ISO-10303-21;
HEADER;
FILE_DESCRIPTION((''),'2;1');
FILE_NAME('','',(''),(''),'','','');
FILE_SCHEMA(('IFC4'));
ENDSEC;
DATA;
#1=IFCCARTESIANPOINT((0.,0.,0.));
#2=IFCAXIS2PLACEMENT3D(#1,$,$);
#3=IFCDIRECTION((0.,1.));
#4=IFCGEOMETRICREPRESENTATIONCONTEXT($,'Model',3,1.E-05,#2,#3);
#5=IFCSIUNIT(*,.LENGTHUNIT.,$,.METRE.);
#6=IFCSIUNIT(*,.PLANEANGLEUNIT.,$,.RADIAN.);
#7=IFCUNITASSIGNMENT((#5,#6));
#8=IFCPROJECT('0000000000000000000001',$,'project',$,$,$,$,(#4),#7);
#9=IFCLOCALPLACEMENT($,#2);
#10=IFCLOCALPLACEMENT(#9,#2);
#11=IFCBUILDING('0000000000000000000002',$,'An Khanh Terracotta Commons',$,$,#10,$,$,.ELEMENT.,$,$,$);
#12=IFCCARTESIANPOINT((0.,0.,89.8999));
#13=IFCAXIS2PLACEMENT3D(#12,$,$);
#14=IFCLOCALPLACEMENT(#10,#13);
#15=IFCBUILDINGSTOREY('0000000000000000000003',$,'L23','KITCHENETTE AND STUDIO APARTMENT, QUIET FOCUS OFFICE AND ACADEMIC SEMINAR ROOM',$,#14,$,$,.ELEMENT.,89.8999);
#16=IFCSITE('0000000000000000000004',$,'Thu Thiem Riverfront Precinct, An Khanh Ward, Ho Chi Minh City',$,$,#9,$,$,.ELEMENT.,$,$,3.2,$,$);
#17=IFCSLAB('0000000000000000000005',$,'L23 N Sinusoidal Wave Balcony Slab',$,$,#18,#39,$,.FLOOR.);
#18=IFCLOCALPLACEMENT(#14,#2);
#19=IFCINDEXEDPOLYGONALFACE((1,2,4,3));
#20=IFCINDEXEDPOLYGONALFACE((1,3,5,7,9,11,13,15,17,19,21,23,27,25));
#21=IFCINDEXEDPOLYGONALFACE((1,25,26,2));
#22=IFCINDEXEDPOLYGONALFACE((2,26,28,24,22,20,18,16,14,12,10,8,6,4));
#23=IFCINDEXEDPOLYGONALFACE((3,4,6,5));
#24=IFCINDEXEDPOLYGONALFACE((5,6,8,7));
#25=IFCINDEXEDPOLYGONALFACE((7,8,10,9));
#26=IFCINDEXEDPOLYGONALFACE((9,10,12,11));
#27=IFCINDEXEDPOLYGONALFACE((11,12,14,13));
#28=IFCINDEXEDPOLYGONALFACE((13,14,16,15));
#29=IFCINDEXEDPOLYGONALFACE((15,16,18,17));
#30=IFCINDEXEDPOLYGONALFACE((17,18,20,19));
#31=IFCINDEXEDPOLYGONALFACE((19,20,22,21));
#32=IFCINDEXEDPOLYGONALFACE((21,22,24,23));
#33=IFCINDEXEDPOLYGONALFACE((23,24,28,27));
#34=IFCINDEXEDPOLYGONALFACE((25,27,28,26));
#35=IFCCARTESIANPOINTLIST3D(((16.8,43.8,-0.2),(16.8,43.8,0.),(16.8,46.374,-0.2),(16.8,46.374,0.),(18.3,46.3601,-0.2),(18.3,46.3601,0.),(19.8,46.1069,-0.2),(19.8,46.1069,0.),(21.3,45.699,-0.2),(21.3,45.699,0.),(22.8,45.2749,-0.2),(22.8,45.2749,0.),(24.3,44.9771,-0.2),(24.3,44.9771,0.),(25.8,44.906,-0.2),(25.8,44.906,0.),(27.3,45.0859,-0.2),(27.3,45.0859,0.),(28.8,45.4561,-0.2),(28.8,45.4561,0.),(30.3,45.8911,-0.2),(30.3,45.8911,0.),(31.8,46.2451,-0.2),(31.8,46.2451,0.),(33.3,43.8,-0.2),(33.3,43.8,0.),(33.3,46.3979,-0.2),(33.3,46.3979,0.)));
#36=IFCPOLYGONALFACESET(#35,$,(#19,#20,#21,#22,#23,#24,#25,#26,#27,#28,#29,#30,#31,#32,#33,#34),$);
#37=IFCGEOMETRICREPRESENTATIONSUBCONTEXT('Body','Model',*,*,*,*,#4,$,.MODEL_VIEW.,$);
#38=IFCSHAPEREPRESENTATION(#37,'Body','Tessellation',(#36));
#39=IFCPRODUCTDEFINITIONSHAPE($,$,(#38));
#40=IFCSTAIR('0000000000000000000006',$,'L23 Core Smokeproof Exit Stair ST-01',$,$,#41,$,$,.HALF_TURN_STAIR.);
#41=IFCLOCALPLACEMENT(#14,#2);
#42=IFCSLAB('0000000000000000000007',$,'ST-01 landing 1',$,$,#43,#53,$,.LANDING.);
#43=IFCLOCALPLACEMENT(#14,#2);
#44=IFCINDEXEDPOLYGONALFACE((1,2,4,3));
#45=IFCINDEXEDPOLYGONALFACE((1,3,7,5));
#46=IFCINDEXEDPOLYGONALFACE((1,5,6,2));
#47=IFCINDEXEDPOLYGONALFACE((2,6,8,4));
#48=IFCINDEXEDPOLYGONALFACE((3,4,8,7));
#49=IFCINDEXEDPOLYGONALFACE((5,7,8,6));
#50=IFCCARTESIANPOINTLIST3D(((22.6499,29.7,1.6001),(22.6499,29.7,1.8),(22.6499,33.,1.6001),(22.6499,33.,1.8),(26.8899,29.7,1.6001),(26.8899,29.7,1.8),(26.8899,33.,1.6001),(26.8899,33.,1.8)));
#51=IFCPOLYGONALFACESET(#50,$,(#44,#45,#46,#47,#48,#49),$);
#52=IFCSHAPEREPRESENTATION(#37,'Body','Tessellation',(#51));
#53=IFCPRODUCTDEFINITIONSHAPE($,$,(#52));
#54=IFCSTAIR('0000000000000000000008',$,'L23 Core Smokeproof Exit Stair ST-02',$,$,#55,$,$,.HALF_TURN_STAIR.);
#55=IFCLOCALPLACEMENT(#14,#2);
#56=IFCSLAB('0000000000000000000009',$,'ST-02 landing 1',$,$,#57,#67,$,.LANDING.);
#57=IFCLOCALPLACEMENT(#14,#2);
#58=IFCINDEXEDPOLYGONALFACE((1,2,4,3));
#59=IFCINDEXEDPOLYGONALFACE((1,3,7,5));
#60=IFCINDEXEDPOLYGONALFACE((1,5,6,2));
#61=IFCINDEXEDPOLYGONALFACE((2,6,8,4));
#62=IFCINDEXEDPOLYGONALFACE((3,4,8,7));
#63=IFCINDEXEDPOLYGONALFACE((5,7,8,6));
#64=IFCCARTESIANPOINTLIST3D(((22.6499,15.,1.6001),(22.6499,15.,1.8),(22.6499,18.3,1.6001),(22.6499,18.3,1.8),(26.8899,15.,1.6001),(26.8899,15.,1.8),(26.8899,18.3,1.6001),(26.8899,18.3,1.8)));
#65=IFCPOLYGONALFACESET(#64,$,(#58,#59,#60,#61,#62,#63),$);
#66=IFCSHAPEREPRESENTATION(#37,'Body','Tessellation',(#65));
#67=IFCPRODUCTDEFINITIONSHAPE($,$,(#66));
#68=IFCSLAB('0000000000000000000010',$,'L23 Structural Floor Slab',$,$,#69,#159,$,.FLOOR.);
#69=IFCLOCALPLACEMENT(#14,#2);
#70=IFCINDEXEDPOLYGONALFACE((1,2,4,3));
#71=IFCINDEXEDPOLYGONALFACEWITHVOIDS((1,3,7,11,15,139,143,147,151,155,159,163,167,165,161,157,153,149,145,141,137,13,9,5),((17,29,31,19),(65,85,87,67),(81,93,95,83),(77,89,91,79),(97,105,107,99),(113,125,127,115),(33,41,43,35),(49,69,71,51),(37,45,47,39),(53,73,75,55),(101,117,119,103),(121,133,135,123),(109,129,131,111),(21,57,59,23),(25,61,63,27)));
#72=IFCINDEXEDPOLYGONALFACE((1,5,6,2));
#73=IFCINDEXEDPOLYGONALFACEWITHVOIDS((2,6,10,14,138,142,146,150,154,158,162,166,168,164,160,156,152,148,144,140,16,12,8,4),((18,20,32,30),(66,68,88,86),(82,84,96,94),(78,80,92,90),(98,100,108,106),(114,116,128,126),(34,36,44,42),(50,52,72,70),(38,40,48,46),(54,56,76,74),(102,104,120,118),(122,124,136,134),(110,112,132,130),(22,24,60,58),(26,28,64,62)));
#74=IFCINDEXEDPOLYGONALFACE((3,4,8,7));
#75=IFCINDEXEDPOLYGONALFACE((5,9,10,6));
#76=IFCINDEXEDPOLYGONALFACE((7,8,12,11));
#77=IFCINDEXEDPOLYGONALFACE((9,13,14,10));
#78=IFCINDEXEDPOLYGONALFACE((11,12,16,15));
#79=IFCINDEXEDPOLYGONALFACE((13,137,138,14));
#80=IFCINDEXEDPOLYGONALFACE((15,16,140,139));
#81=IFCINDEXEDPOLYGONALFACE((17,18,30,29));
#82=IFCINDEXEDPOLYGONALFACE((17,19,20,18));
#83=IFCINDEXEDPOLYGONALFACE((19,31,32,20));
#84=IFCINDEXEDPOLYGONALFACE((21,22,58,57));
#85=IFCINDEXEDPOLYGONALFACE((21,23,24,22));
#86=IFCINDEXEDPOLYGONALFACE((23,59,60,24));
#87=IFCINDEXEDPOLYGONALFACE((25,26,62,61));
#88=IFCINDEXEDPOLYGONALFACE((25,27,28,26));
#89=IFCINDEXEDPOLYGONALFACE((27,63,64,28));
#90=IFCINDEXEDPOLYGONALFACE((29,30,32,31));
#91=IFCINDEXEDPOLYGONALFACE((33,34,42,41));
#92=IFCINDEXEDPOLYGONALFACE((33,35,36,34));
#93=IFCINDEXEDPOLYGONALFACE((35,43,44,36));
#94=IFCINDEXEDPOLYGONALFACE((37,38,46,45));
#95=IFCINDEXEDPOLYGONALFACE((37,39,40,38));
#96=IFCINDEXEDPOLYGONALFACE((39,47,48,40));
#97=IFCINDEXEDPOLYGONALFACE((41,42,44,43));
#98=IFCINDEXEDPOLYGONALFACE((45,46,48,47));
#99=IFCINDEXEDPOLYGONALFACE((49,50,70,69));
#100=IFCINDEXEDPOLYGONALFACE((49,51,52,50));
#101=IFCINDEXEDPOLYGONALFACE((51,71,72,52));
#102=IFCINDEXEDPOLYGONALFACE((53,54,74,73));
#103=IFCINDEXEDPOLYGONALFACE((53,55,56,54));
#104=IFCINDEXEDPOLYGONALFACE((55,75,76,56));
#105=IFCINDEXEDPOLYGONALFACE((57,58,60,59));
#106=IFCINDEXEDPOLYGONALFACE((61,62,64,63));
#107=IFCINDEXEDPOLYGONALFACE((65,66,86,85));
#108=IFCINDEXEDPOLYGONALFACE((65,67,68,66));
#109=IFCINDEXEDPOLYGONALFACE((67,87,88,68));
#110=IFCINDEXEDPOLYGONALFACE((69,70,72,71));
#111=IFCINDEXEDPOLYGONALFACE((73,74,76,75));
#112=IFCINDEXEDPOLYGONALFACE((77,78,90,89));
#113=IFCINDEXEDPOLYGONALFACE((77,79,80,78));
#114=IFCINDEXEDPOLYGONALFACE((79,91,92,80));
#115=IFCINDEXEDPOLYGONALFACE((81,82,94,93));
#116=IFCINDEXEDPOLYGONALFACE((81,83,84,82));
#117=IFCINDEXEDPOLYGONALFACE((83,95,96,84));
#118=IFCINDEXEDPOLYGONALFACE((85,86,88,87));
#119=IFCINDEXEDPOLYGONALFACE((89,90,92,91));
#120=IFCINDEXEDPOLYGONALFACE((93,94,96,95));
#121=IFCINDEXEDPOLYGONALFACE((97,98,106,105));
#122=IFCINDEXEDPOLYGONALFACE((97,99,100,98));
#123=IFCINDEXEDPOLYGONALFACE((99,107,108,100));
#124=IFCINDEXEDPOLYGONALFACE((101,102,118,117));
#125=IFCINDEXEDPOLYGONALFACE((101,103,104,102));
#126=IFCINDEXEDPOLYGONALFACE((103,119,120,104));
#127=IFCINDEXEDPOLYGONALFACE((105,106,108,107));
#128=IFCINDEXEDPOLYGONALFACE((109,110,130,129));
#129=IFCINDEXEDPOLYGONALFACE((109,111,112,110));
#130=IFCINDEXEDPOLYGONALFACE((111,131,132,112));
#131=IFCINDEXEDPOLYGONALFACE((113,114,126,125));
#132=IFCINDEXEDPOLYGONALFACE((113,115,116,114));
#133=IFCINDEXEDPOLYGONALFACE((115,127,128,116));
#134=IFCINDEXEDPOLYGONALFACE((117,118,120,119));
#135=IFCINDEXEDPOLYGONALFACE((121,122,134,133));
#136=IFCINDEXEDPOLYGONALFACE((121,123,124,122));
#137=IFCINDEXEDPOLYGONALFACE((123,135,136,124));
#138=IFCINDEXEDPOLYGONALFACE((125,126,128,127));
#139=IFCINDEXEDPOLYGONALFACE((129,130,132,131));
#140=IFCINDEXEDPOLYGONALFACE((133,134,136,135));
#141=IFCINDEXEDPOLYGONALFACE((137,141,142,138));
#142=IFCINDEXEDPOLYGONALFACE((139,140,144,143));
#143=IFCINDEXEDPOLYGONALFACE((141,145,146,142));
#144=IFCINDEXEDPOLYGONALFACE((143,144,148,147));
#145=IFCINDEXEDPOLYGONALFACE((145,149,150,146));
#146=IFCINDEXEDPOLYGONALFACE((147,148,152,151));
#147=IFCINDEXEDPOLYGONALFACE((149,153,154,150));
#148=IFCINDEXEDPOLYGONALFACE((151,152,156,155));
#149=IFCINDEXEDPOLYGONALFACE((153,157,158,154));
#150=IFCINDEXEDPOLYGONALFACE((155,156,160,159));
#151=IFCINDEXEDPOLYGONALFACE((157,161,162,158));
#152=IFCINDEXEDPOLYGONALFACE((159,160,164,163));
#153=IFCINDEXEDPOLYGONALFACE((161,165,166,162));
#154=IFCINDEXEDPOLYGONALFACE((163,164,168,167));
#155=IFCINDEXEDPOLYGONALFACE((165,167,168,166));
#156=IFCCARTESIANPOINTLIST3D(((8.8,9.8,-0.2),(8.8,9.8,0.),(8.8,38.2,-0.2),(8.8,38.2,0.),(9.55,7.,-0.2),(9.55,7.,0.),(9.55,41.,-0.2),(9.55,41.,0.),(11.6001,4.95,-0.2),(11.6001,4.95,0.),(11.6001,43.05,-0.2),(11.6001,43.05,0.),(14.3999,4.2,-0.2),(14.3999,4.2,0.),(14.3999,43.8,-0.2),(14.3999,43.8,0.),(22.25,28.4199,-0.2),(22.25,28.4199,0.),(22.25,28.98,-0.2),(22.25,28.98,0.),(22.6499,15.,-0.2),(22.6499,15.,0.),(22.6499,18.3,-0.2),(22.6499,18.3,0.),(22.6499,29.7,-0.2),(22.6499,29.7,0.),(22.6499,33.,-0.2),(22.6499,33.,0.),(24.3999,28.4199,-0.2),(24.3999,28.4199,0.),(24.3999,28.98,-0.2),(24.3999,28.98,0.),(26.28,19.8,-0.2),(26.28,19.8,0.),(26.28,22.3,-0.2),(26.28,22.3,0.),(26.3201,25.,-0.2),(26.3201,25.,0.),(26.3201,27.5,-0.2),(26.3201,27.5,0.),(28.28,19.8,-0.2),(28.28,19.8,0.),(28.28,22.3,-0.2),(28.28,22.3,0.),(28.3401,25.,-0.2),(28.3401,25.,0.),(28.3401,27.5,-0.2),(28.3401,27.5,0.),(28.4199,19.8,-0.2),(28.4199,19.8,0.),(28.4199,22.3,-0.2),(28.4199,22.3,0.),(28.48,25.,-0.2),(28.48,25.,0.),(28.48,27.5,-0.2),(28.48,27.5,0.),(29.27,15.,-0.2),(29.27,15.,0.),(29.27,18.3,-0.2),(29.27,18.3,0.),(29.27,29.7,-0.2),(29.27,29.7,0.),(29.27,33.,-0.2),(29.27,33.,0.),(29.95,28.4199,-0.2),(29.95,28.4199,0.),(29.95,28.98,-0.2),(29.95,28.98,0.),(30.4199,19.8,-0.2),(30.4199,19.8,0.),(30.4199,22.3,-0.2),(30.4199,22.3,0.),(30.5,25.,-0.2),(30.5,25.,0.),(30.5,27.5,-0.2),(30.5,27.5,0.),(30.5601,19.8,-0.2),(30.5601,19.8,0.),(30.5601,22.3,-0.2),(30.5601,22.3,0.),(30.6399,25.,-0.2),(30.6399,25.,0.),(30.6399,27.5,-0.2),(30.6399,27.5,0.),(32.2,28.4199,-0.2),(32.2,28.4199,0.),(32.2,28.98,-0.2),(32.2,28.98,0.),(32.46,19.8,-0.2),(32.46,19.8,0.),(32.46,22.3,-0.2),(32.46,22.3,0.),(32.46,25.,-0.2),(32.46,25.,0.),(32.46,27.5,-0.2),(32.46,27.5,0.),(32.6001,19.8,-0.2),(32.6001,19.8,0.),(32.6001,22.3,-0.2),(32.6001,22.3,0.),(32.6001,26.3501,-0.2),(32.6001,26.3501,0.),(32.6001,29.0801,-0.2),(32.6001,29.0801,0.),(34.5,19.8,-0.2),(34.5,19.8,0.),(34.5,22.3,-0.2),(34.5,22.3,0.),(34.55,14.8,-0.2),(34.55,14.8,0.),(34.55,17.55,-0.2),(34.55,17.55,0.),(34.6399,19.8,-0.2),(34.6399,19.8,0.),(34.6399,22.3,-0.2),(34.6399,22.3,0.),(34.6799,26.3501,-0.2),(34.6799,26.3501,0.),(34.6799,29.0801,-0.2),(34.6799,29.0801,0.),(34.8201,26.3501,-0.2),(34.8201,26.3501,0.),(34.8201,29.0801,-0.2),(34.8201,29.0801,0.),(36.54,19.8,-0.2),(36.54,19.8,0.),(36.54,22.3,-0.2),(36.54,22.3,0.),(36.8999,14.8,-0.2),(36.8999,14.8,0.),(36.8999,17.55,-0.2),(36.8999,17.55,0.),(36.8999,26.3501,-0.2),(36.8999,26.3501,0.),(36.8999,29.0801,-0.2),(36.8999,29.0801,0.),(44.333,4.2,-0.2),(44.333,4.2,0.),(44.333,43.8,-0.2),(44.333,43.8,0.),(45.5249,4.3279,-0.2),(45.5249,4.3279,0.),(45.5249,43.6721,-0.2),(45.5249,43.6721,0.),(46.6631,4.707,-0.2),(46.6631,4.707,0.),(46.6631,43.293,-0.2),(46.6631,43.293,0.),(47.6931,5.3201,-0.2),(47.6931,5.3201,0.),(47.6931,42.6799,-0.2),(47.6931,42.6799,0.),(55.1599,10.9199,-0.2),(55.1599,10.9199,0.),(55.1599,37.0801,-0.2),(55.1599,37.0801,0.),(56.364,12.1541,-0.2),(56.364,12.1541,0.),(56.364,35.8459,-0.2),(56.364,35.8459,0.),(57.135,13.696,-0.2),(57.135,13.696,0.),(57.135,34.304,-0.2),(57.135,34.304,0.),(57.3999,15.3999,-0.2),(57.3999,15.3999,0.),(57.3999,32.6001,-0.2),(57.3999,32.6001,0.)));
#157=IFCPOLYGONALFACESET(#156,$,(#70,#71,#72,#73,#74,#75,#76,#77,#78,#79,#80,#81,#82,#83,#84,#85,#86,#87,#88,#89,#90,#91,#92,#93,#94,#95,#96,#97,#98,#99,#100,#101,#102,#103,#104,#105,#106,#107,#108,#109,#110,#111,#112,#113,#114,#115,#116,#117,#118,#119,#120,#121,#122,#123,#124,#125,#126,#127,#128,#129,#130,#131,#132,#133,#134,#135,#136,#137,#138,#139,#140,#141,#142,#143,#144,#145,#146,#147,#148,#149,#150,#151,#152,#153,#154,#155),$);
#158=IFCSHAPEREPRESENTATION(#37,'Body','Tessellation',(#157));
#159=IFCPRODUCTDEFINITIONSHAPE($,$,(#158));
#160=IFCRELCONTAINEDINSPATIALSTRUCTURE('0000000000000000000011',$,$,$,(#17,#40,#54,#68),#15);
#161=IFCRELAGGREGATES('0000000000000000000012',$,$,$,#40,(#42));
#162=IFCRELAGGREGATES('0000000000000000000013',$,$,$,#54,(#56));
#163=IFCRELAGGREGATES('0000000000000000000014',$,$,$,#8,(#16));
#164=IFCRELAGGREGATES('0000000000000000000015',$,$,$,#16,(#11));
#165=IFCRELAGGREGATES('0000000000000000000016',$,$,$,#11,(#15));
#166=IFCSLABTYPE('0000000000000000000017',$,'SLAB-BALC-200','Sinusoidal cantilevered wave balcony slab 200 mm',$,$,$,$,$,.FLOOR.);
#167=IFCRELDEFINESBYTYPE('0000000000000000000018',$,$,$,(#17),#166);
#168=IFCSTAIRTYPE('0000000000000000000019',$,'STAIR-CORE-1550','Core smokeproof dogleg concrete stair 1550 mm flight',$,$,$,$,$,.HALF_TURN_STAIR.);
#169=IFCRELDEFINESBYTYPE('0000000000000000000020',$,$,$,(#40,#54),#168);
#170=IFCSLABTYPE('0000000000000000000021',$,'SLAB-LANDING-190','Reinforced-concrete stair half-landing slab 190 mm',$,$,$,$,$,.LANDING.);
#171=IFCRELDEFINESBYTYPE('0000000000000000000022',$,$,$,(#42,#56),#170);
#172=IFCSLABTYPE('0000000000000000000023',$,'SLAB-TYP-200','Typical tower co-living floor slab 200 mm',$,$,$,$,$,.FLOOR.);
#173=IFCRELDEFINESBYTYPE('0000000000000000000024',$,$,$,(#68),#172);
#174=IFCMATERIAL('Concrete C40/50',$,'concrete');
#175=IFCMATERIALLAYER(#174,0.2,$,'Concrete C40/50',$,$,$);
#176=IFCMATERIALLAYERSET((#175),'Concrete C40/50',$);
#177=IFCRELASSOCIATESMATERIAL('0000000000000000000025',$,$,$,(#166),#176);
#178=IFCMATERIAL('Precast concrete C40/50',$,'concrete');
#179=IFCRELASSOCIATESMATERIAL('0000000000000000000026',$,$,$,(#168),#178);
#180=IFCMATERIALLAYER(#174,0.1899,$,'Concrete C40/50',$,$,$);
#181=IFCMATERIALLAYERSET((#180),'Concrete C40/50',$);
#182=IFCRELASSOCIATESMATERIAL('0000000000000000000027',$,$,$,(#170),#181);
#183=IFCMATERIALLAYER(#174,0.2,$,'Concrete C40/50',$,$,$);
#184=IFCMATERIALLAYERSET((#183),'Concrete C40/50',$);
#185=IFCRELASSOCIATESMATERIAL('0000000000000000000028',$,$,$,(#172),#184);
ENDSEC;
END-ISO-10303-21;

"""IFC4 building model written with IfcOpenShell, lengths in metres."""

from ifc_helpers import new_model, si_unit, direction, frame, origin, place, context, subcontext, project, spatial, polyline, outline, extrude, material, layer, layer_set, type_object, element, aggregate, save


model = new_model("IFC4")

# Units and contexts
model_context = context("Model", 3, precision=1e-05, world=origin(), true_north=direction((0.0, 1.0)))
body_context = subcontext(model_context, "Body", "Model", "MODEL_VIEW")
ifc_project = project(units=[si_unit("LENGTHUNIT", "METRE"), si_unit("PLANEANGLEUNIT", "RADIAN")], contexts=[model_context])

# Site, building, storey
site_placement = place(None, origin())
site = spatial("IfcSite", under=ifc_project, at=site_placement, Name="Thu Thiem Riverfront Precinct, An Khanh Ward, Ho Chi Minh City", CompositionType="ELEMENT", RefElevation=3.2)
building_placement = place(site_placement, origin())
building = spatial("IfcBuilding", under=site, at=building_placement, Name="An Khanh Terracotta Commons", CompositionType="ELEMENT")
storey_placement = place(building_placement, frame((0.0, 0.0, 89.8999)))
storey = spatial("IfcBuildingStorey", under=building, at=storey_placement, Name="L23", Description="KITCHENETTE AND STUDIO APARTMENT, QUIET FOCUS OFFICE AND ACADEMIC SEMINAR ROOM", CompositionType="ELEMENT", Elevation=89.8999)

# Slab
ifc_material_1 = material(Name="Concrete C40/50", Category="concrete")
ifc_layer_1 = layer(ifc_material_1, 0.2, Name="Concrete C40/50")
ifc_layer_set_1 = layer_set([ifc_layer_1], Name="Concrete C40/50")
slab_type_1 = type_object("IfcSlabType", Name="SLAB-BALC-200", Description="Sinusoidal cantilevered wave balcony slab 200 mm", PredefinedType="FLOOR", material=ifc_layer_set_1)
slab_1_placement = place(storey_placement, frame((0.0, 0.0, -0.2)))
element("IfcSlab", 1, at=slab_1_placement, inside=storey, type_object=slab_type_1, Name="L23 N Sinusoidal Wave Balcony Slab", PredefinedType="FLOOR", context=body_context, shape_type="SweptSolid", body=[
    extrude(outline(polyline([(33.3, 43.8), (33.3, 46.3979), (31.8, 46.2451), (30.3, 45.8911), (28.8, 45.4561), (27.3, 45.0859), (25.8, 44.906), (24.3, 44.9771), (22.8, 45.2749), (21.3, 45.699), (19.8, 46.1069), (18.3, 46.3601), (16.8, 46.374), (16.8, 43.8), (33.3, 43.8)])), origin(), (0.0, 0.0, 1.0), 0.2),
])

# Stairs, slabs
ifc_material_2 = material(Name="Precast concrete C40/50", Category="concrete")
stair_type = type_object("IfcStairType", Name="STAIR-CORE-1550", Description="Core smokeproof dogleg concrete stair 1550 mm flight", PredefinedType="HALF_TURN_STAIR", material=ifc_material_2)
stair_1_placement = place(storey_placement, origin())
stair_1 = element("IfcStair", 2, at=stair_1_placement, inside=storey, type_object=stair_type, Name="L23 Core Smokeproof Exit Stair ST-01", PredefinedType="HALF_TURN_STAIR")
ifc_layer_2 = layer(ifc_material_1, 0.1899, Name="Concrete C40/50")
ifc_layer_set_2 = layer_set([ifc_layer_2], Name="Concrete C40/50")
slab_type_2 = type_object("IfcSlabType", Name="SLAB-LANDING-190", Description="Reinforced-concrete stair half-landing slab 190 mm", PredefinedType="LANDING", material=ifc_layer_set_2)
slab_2_placement = place(storey_placement, frame((0.0, 0.0, 1.6001)))
slab_2 = element("IfcSlab", 3, at=slab_2_placement, type_object=slab_type_2, Name="ST-01 landing 1", PredefinedType="LANDING", context=body_context, shape_type="SweptSolid", body=[
    extrude(outline(polyline([(26.8899, 33.0), (22.6499, 33.0), (22.6499, 29.7), (26.8899, 29.7), (26.8899, 33.0)])), origin(), (0.0, 0.0, 1.0), 0.2),
])
aggregate(stair_1, [slab_2])
stair_2_placement = place(storey_placement, origin())
stair_2 = element("IfcStair", 4, at=stair_2_placement, inside=storey, type_object=stair_type, Name="L23 Core Smokeproof Exit Stair ST-02", PredefinedType="HALF_TURN_STAIR")
slab_3_placement = place(storey_placement, frame((0.0, 0.0, 1.6001)))
slab_3 = element("IfcSlab", 5, at=slab_3_placement, type_object=slab_type_2, Name="ST-02 landing 1", PredefinedType="LANDING", context=body_context, shape_type="SweptSolid", body=[
    extrude(outline(polyline([(26.8899, 18.3), (22.6499, 18.3), (22.6499, 15.0), (26.8899, 15.0), (26.8899, 18.3)])), origin(), (0.0, 0.0, 1.0), 0.2),
])
aggregate(stair_2, [slab_3])

# Slab
ifc_layer_3 = layer(ifc_material_1, 0.2, Name="Concrete C40/50")
ifc_layer_set_3 = layer_set([ifc_layer_3], Name="Concrete C40/50")
slab_type_3 = type_object("IfcSlabType", Name="SLAB-TYP-200", Description="Typical tower co-living floor slab 200 mm", PredefinedType="FLOOR", material=ifc_layer_set_3)
slab_4_placement = place(storey_placement, frame((0.0, 0.0, -0.2)))
element("IfcSlab", 6, at=slab_4_placement, inside=storey, type_object=slab_type_3, Name="L23 Structural Floor Slab", PredefinedType="FLOOR", context=body_context, shape_type="SweptSolid", body=[
    extrude(outline(polyline([(8.8, 9.8), (9.55, 7.0), (11.6001, 4.95), (14.3999, 4.2), (44.333, 4.2), (45.5249, 4.3279), (46.6631, 4.707), (47.6931, 5.3201), (55.1599, 10.9199), (56.364, 12.1541), (57.135, 13.696), (57.3999, 15.3999), (57.3999, 32.6001), (57.135, 34.304), (56.364, 35.8459), (55.1599, 37.0801), (47.6931, 42.6799), (46.6631, 43.293), (45.5249, 43.6721), (44.333, 43.8), (14.3999, 43.8), (11.6001, 43.05), (9.55, 41.0), (8.8, 38.2), (8.8, 9.8)]), holes=[polyline([(22.6499, 29.7), (29.27, 29.7), (29.27, 33.0), (22.6499, 33.0), (22.6499, 29.7)]), polyline([(22.6499, 15.0), (29.27, 15.0), (29.27, 18.3), (22.6499, 18.3), (22.6499, 15.0)]), polyline([(32.6001, 26.3501), (34.6799, 26.3501), (34.6799, 29.0801), (32.6001, 29.0801), (32.6001, 26.3501)]), polyline([(34.8201, 26.3501), (36.8999, 26.3501), (36.8999, 29.0801), (34.8201, 29.0801), (34.8201, 26.3501)]), polyline([(34.55, 14.8), (36.8999, 14.8), (36.8999, 17.55), (34.55, 17.55), (34.55, 14.8)]), polyline([(26.3201, 25.0), (28.3401, 25.0), (28.3401, 27.5), (26.3201, 27.5), (26.3201, 25.0)]), polyline([(28.48, 25.0), (30.5, 25.0), (30.5, 27.5), (28.48, 27.5), (28.48, 25.0)]), polyline([(26.28, 19.8), (28.28, 19.8), (28.28, 22.3), (26.28, 22.3), (26.28, 19.8)]), polyline([(28.4199, 19.8), (30.4199, 19.8), (30.4199, 22.3), (28.4199, 22.3), (28.4199, 19.8)]), polyline([(30.6399, 25.0), (32.46, 25.0), (32.46, 27.5), (30.6399, 27.5), (30.6399, 25.0)]), polyline([(30.5601, 19.8), (32.46, 19.8), (32.46, 22.3), (30.5601, 22.3), (30.5601, 19.8)]), polyline([(32.6001, 19.8), (34.5, 19.8), (34.5, 22.3), (32.6001, 22.3), (32.6001, 19.8)]), polyline([(34.6399, 19.8), (36.54, 19.8), (36.54, 22.3), (34.6399, 22.3), (34.6399, 19.8)]), polyline([(22.25, 28.4199), (24.3999, 28.4199), (24.3999, 28.98), (22.25, 28.98), (22.25, 28.4199)]), polyline([(29.95, 28.4199), (32.2, 28.4199), (32.2, 28.98), (29.95, 28.98), (29.95, 28.4199)])]), origin(), (0.0, 0.0, 1.0), 0.2),
])

save(model, "model.ifc")
